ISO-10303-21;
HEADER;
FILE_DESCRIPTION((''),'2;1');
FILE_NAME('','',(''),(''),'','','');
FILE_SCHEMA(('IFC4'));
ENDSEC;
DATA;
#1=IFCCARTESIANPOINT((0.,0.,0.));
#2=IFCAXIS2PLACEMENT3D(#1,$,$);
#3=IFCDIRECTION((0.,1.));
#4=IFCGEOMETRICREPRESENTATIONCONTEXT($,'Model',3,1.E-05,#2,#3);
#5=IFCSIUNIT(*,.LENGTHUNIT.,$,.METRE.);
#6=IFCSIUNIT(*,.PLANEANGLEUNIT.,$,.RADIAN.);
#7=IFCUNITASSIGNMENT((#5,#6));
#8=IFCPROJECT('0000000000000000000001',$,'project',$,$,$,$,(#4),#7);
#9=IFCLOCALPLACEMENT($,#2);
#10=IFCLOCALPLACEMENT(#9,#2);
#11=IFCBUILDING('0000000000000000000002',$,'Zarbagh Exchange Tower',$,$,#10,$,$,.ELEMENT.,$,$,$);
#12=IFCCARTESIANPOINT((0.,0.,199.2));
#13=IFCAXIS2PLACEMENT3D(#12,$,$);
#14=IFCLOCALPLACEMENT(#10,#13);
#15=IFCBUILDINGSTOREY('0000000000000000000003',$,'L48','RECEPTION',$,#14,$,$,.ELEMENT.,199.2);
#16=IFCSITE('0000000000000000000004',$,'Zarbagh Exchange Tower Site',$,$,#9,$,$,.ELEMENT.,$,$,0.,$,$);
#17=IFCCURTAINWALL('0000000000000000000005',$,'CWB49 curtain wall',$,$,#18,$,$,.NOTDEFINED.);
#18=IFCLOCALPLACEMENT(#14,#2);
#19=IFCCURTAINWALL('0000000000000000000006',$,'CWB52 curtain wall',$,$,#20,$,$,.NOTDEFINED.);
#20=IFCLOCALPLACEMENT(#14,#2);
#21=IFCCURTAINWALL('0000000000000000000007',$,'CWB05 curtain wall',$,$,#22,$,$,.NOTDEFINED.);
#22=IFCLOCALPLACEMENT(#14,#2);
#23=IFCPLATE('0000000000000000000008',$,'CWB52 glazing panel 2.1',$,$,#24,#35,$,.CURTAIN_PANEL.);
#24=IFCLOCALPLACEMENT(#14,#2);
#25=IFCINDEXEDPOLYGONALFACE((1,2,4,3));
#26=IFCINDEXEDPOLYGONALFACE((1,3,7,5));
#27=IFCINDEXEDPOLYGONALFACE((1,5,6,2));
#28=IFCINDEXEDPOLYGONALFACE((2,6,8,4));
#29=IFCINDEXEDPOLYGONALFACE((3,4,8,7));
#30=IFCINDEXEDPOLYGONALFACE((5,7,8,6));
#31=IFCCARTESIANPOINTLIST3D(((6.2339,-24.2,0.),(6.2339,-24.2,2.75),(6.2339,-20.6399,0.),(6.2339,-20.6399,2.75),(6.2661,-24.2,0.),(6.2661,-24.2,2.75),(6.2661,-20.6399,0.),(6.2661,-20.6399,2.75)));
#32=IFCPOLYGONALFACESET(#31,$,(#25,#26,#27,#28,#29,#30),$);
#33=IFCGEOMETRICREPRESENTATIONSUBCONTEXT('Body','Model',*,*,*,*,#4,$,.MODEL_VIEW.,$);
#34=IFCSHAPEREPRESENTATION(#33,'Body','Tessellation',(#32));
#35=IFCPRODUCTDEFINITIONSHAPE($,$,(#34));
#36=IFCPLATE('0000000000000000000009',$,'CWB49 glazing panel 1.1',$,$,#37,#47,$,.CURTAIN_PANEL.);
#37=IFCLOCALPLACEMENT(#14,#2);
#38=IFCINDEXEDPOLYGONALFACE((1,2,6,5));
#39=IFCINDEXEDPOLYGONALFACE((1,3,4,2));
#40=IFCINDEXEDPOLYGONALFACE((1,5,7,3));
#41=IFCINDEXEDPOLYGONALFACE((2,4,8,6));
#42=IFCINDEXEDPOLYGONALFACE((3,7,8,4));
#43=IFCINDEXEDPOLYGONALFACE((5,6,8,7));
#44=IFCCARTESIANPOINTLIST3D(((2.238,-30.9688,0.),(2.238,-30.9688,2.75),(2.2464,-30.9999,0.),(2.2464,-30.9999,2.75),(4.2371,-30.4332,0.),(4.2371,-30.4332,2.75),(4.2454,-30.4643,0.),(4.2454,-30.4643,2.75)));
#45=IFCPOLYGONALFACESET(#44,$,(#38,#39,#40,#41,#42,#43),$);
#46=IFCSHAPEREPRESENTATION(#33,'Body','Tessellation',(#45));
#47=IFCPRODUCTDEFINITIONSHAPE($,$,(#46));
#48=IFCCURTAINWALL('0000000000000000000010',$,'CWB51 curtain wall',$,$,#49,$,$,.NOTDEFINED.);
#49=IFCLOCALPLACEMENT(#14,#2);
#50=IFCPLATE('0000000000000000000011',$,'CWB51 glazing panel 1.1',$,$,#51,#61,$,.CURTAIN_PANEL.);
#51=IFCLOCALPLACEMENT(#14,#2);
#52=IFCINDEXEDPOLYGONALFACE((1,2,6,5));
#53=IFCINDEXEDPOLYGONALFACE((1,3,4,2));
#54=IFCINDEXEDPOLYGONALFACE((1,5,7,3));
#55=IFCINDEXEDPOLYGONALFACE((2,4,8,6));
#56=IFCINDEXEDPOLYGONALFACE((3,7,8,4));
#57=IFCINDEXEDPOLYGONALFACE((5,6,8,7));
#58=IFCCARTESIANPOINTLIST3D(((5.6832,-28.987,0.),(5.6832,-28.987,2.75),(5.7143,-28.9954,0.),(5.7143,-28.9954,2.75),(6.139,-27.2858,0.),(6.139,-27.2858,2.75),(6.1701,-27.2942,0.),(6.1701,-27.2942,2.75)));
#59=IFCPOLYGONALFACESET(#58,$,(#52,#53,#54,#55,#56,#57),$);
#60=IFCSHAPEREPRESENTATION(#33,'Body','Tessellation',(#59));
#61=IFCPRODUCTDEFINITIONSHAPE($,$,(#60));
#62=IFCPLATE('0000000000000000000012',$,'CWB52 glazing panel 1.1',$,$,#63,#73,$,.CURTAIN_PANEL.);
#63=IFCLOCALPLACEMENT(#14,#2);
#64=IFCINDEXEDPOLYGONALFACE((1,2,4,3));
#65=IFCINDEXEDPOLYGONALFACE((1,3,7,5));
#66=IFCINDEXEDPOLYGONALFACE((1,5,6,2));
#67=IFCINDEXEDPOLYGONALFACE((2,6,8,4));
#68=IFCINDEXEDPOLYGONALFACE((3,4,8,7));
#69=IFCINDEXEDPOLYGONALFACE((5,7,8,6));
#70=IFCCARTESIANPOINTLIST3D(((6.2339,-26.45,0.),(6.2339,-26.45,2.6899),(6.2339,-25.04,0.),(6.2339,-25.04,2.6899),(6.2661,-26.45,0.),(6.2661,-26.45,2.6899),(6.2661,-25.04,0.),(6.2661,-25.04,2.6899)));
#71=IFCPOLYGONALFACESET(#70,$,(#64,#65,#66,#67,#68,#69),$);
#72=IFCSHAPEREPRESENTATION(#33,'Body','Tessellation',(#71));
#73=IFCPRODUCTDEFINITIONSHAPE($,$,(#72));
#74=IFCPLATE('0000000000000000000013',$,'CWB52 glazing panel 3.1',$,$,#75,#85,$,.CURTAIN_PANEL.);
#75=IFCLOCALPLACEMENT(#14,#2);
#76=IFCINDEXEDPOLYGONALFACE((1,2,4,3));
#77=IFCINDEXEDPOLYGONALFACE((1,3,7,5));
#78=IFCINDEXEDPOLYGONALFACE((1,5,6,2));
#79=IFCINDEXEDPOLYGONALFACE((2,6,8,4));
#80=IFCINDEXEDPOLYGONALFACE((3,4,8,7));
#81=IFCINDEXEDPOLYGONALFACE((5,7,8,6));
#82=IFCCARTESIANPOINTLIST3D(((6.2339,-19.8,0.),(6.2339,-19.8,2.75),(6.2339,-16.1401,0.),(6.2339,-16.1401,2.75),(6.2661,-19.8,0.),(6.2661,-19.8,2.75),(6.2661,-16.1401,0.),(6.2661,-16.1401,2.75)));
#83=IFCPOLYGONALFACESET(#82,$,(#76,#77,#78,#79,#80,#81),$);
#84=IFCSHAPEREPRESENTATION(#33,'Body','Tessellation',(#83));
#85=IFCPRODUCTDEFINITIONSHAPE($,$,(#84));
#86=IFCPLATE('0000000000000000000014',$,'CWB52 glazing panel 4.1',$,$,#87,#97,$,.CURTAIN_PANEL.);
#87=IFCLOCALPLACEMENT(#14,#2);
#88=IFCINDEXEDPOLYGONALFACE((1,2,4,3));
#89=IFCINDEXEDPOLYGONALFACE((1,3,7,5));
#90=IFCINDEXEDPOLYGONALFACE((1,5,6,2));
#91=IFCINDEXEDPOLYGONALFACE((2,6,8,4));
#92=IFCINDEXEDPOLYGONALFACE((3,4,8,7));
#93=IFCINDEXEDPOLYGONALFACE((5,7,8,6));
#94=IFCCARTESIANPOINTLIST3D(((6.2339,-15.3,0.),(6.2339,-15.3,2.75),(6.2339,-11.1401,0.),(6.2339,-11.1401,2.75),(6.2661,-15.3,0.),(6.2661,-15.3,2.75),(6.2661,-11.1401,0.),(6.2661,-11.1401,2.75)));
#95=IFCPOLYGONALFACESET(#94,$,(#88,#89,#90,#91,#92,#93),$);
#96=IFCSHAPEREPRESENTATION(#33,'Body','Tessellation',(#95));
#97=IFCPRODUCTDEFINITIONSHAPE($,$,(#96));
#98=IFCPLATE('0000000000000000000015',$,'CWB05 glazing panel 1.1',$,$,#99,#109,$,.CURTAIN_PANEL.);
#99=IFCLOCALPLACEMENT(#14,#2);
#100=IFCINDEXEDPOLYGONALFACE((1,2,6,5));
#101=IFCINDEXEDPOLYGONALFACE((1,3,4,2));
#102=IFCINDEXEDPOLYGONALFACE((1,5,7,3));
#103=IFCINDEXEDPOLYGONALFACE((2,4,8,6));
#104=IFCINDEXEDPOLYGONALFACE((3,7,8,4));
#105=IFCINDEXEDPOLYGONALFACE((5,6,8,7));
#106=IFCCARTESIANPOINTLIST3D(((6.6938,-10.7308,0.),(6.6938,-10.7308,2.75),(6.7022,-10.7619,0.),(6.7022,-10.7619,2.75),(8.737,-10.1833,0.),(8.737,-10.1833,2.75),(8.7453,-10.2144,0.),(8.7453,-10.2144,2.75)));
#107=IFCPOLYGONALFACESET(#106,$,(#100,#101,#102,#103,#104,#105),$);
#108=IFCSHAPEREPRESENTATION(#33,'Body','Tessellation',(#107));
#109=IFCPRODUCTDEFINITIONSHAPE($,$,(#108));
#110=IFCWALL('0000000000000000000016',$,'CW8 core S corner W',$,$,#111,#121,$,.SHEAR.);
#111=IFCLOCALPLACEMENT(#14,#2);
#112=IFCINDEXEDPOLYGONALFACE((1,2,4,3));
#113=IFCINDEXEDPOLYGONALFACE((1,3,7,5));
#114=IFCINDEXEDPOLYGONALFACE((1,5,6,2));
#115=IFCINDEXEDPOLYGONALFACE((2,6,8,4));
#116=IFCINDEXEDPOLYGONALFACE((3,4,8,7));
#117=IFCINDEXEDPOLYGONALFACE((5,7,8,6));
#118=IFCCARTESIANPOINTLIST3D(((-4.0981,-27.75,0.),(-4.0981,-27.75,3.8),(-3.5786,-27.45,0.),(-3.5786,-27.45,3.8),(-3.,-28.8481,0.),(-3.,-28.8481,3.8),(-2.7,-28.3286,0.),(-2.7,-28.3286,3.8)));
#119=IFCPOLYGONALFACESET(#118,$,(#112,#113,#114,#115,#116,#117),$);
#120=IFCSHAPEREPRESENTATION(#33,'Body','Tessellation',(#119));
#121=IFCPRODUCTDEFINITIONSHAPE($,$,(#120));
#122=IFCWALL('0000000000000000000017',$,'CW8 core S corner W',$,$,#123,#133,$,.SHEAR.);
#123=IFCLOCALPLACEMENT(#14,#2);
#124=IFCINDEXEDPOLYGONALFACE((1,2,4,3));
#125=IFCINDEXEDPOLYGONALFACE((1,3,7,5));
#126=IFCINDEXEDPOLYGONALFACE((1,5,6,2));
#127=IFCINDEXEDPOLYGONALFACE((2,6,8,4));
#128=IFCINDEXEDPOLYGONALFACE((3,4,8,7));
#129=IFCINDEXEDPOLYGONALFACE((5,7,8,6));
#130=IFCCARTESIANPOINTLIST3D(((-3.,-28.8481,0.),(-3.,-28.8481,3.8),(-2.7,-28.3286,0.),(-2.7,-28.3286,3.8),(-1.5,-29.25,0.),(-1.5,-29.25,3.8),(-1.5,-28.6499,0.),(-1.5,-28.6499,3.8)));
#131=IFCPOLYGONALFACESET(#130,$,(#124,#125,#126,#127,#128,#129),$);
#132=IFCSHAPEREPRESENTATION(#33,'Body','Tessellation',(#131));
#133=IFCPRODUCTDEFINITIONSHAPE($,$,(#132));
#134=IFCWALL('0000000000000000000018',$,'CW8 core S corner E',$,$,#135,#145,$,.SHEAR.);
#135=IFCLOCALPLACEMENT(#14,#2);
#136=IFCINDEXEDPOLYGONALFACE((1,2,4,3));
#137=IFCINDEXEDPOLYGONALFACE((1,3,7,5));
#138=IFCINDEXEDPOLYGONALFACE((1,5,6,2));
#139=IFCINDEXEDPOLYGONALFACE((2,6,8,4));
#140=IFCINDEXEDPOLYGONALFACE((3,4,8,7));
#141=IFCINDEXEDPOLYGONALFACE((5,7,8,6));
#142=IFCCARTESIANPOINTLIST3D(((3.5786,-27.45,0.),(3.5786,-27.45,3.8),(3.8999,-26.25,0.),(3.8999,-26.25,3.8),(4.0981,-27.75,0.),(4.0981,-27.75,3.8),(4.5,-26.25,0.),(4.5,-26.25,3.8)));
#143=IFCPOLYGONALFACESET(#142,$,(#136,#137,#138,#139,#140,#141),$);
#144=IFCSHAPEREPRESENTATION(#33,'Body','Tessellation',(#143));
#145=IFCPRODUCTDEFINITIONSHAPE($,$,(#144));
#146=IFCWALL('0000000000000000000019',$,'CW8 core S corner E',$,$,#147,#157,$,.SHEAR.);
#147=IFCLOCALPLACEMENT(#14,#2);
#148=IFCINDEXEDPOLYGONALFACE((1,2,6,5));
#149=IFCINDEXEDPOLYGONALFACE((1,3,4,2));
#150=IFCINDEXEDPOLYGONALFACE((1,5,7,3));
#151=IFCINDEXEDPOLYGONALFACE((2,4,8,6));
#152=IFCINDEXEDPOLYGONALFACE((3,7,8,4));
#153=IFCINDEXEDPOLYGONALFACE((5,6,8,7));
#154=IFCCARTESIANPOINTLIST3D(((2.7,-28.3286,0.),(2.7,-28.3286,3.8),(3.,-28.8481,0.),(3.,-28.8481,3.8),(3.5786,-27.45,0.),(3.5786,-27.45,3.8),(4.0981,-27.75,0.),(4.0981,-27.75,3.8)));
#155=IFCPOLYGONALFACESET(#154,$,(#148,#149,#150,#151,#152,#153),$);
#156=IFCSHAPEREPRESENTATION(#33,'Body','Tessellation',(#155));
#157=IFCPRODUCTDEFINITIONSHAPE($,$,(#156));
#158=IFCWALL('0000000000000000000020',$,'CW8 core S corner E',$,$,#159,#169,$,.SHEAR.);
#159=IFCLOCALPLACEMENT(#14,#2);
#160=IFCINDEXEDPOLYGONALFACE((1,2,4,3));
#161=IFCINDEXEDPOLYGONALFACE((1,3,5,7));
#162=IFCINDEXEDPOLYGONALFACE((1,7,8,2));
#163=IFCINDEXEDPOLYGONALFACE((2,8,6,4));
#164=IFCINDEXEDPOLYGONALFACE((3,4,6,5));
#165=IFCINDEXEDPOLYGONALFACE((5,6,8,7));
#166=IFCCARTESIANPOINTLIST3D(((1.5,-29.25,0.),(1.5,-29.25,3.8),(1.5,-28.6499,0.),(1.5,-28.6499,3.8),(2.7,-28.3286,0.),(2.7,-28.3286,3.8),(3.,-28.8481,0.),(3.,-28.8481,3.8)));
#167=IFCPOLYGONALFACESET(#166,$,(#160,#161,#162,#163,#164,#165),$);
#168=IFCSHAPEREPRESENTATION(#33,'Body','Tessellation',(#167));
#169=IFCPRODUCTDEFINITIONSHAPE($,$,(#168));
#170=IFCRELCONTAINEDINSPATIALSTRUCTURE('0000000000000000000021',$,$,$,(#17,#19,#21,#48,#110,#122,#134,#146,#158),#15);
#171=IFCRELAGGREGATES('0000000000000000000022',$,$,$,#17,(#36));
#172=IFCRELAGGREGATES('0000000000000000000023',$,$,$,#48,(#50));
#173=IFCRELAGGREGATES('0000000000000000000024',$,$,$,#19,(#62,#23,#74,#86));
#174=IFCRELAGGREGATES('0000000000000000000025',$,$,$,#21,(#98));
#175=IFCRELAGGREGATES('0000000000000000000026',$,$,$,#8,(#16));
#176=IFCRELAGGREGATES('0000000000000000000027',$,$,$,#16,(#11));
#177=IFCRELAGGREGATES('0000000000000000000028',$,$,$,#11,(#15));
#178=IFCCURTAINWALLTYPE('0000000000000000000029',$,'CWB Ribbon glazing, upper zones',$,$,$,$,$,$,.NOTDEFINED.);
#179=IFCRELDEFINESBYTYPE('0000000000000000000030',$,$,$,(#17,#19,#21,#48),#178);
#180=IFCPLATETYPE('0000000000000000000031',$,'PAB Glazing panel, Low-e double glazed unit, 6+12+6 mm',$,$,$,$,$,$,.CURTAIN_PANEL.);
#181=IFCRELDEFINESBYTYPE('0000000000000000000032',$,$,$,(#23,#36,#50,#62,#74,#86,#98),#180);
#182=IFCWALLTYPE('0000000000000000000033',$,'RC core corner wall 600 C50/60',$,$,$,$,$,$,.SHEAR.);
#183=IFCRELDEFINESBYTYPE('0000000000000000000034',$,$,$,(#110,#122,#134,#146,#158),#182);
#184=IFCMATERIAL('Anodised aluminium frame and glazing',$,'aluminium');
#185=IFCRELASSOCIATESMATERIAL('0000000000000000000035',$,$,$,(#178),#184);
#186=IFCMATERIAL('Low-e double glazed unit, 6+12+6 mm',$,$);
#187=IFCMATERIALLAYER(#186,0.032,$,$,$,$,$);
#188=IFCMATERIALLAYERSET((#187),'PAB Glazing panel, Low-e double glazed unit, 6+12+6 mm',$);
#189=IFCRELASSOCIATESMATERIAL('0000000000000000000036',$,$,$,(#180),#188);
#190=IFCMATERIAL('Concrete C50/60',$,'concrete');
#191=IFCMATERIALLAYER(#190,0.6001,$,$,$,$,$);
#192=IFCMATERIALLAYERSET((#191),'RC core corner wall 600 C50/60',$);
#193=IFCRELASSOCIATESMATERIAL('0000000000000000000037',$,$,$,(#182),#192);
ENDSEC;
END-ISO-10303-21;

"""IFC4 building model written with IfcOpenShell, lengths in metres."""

from ifc_helpers import new_model, si_unit, direction, frame, origin, place, context, subcontext, project, spatial, polyline, outline, extrude, source, transform, mapped, material, layer, layer_set, type_object, element, aggregate, save


model = new_model("IFC4")

# Units and contexts
model_context = context("Model", 3, precision=1e-05, world=origin(), true_north=direction((0.0, 1.0)))
body_context = subcontext(model_context, "Body", "Model", "MODEL_VIEW")
ifc_project = project(units=[si_unit("LENGTHUNIT", "METRE"), si_unit("PLANEANGLEUNIT", "RADIAN")], contexts=[model_context])

# Site, building, storey
site_placement = place(None, origin())
site = spatial("IfcSite", under=ifc_project, at=site_placement, Name="Zarbagh Exchange Tower Site", CompositionType="ELEMENT", RefElevation=0.0)
building_placement = place(site_placement, origin())
building = spatial("IfcBuilding", under=site, at=building_placement, Name="Zarbagh Exchange Tower", CompositionType="ELEMENT")
storey_placement = place(building_placement, frame((0.0, 0.0, 199.2)))
storey = spatial("IfcBuildingStorey", under=building, at=storey_placement, Name="L48", Description="RECEPTION", CompositionType="ELEMENT", Elevation=199.2)

# Curtain wall
ifc_material_1 = material(Name="Anodised aluminium frame and glazing", Category="aluminium")
curtain_wall_type = type_object("IfcCurtainWallType", Name="CWB Ribbon glazing, upper zones", PredefinedType="NOTDEFINED", material=ifc_material_1)
curtain_wall_1_placement = place(storey_placement, origin())
curtain_wall_1 = element("IfcCurtainWall", 1, at=curtain_wall_1_placement, inside=storey, type_object=curtain_wall_type, Name="CWB49 curtain wall", PredefinedType="NOTDEFINED")
placement = place(storey_placement, origin())

# Curtain wall
curtain_wall_2_placement = place(storey_placement, origin())
curtain_wall_2 = element("IfcCurtainWall", 2, at=curtain_wall_2_placement, inside=storey, type_object=curtain_wall_type, Name="CWB52 curtain wall", PredefinedType="NOTDEFINED")

# Curtain wall
curtain_wall_3_placement = place(storey_placement, origin())
curtain_wall_3 = element("IfcCurtainWall", 3, at=curtain_wall_3_placement, inside=storey, type_object=curtain_wall_type, Name="CWB05 curtain wall", PredefinedType="NOTDEFINED")

# Shared definitions
ifc_material_2 = material(Name="Low-e double glazed unit, 6+12+6 mm")
ifc_layer_1 = layer(ifc_material_2, 0.032)
ifc_layer_set_1 = layer_set([ifc_layer_1], Name="PAB Glazing panel, Low-e double glazed unit, 6+12+6 mm")
plate_type = type_object("IfcPlateType", Name="PAB Glazing panel, Low-e double glazed unit, 6+12+6 mm", PredefinedType="CURTAIN_PANEL", material=ifc_layer_set_1)

# Plates
shared_shape_1 = source(origin(), body_context, "Body", "SweptSolid", [
    extrude(outline(polyline([(0.0, -0.0161), (3.5601, -0.0161), (3.5601, 0.0161), (0.0, 0.0161), (0.0, -0.0161)])), origin(), (0.0, 0.0, 1.0), 2.75),
])
plate_1 = element("IfcPlate", 4, at=placement, type_object=plate_type, Name="CWB52 glazing panel 2.1", PredefinedType="CURTAIN_PANEL", context=body_context, shape_type="MappedRepresentation", body=[
    mapped(shared_shape_1, transform((6.25, -24.2, 0.0), x_axis=(0.0, 1.0, 0.0), y_axis=(-1.0, 0.0, 0.0), z_axis=(0.0, 0.0, 1.0))),
])
shared_shape_2 = source(origin(), body_context, "Body", "SweptSolid", [
    extrude(outline(polyline([(0.0, -0.0161), (2.0696, -0.0161), (2.0696, 0.0161), (0.0, 0.0161), (0.0, -0.0161)])), origin(), (0.0, 0.0, 1.0), 2.75),
])
plate_2 = element("IfcPlate", 5, at=placement, type_object=plate_type, Name="CWB49 glazing panel 1.1", PredefinedType="CURTAIN_PANEL", context=body_context, shape_type="MappedRepresentation", body=[
    mapped(shared_shape_2, transform((2.2422, -30.9844, 0.0), x_axis=(0.965924, 0.258825, 0.0), y_axis=(-0.258825, 0.965924, 0.0), z_axis=(0.0, 0.0, 1.0))),
])
aggregate(curtain_wall_1, [plate_2])

# Curtain wall, plate
curtain_wall_4_placement = place(storey_placement, origin())
curtain_wall_4 = element("IfcCurtainWall", 6, at=curtain_wall_4_placement, inside=storey, type_object=curtain_wall_type, Name="CWB51 curtain wall", PredefinedType="NOTDEFINED")
shared_shape_3 = source(origin(), body_context, "Body", "SweptSolid", [
    extrude(outline(polyline([(0.0, -0.0161), (1.7612, -0.0161), (1.7612, 0.0161), (0.0, 0.0161), (0.0, -0.0161)])), origin(), (0.0, 0.0, 1.0), 2.75),
])
plate_3 = element("IfcPlate", 7, at=placement, type_object=plate_type, Name="CWB51 glazing panel 1.1", PredefinedType="CURTAIN_PANEL", context=body_context, shape_type="MappedRepresentation", body=[
    mapped(shared_shape_3, transform((5.6987, -28.9912, 0.0), x_axis=(0.258825, 0.965924, 0.0), y_axis=(-0.965924, 0.258825, 0.0), z_axis=(0.0, 0.0, 1.0))),
])
aggregate(curtain_wall_4, [plate_3])

# Plates
shared_shape_4 = source(origin(), body_context, "Body", "SweptSolid", [
    extrude(outline(polyline([(0.0, -0.0161), (1.4099, -0.0161), (1.4099, 0.0161), (0.0, 0.0161), (0.0, -0.0161)])), origin(), (0.0, 0.0, 1.0), 2.6899),
])
plate_4 = element("IfcPlate", 8, at=placement, type_object=plate_type, Name="CWB52 glazing panel 1.1", PredefinedType="CURTAIN_PANEL", context=body_context, shape_type="MappedRepresentation", body=[
    mapped(shared_shape_4, transform((6.25, -26.45, 0.0), x_axis=(0.0, 1.0, 0.0), y_axis=(-1.0, 0.0, 0.0), z_axis=(0.0, 0.0, 1.0))),
])
shared_shape_5 = source(origin(), body_context, "Body", "SweptSolid", [
    extrude(outline(polyline([(0.0, -0.0161), (3.6599, -0.0161), (3.6599, 0.0161), (0.0, 0.0161), (0.0, -0.0161)])), origin(), (0.0, 0.0, 1.0), 2.75),
])
plate_5 = element("IfcPlate", 9, at=placement, type_object=plate_type, Name="CWB52 glazing panel 3.1", PredefinedType="CURTAIN_PANEL", context=body_context, shape_type="MappedRepresentation", body=[
    mapped(shared_shape_5, transform((6.25, -19.8, 0.0), x_axis=(0.0, 1.0, 0.0), y_axis=(-1.0, 0.0, 0.0), z_axis=(0.0, 0.0, 1.0))),
])
shared_shape_6 = source(origin(), body_context, "Body", "SweptSolid", [
    extrude(outline(polyline([(0.0, -0.0161), (4.1599, -0.0161), (4.1599, 0.0161), (0.0, 0.0161), (0.0, -0.0161)])), origin(), (0.0, 0.0, 1.0), 2.75),
])
plate_6 = element("IfcPlate", 10, at=placement, type_object=plate_type, Name="CWB52 glazing panel 4.1", PredefinedType="CURTAIN_PANEL", context=body_context, shape_type="MappedRepresentation", body=[
    mapped(shared_shape_6, transform((6.25, -15.3, 0.0), x_axis=(0.0, 1.0, 0.0), y_axis=(-1.0, 0.0, 0.0), z_axis=(0.0, 0.0, 1.0))),
])
aggregate(curtain_wall_2, [plate_4, plate_1, plate_5, plate_6])
shared_shape_7 = source(origin(), body_context, "Body", "SweptSolid", [
    extrude(outline(polyline([(0.0, -0.0161), (2.1152, -0.0161), (2.1152, 0.0161), (0.0, 0.0161), (0.0, -0.0161)])), origin(), (0.0, 0.0, 1.0), 2.75),
])
plate_7 = element("IfcPlate", 11, at=placement, type_object=plate_type, Name="CWB05 glazing panel 1.1", PredefinedType="CURTAIN_PANEL", context=body_context, shape_type="MappedRepresentation", body=[
    mapped(shared_shape_7, transform((6.698, -10.7463, 0.0), x_axis=(0.965924, 0.258825, 0.0), y_axis=(-0.258825, 0.965924, 0.0), z_axis=(0.0, 0.0, 1.0))),
])
aggregate(curtain_wall_3, [plate_7])

# Walls
ifc_material_3 = material(Name="Concrete C50/60", Category="concrete")
ifc_layer_2 = layer(ifc_material_3, 0.6001)
ifc_layer_set_2 = layer_set([ifc_layer_2], Name="RC core corner wall 600 C50/60")
wall_type = type_object("IfcWallType", Name="RC core corner wall 600 C50/60", PredefinedType="SHEAR", material=ifc_layer_set_2)
wall_1_placement = place(storey_placement, origin())
element("IfcWall", 12, at=wall_1_placement, inside=storey, type_object=wall_type, Name="CW8 core S corner W", PredefinedType="SHEAR", context=body_context, shape_type="SweptSolid", body=[
    extrude(outline(polyline([(-4.0981, -27.75), (-3.0, -28.8481), (-2.7, -28.3286), (-3.5786, -27.45), (-4.0981, -27.75)])), origin(), (0.0, 0.0, 1.0), 3.8),
])
wall_2_placement = place(storey_placement, origin())
element("IfcWall", 13, at=wall_2_placement, inside=storey, type_object=wall_type, Name="CW8 core S corner W", PredefinedType="SHEAR", context=body_context, shape_type="SweptSolid", body=[
    extrude(outline(polyline([(-3.0, -28.8481), (-1.5, -29.25), (-1.5, -28.6499), (-2.7, -28.3286), (-3.0, -28.8481)])), origin(), (0.0, 0.0, 1.0), 3.8),
])
wall_3_placement = place(storey_placement, origin())
element("IfcWall", 14, at=wall_3_placement, inside=storey, type_object=wall_type, Name="CW8 core S corner E", PredefinedType="SHEAR", context=body_context, shape_type="SweptSolid", body=[
    extrude(outline(polyline([(4.5, -26.25), (4.0981, -27.75), (3.5786, -27.45), (3.8999, -26.25), (4.5, -26.25)])), origin(), (0.0, 0.0, 1.0), 3.8),
])
wall_4_placement = place(storey_placement, origin())
element("IfcWall", 15, at=wall_4_placement, inside=storey, type_object=wall_type, Name="CW8 core S corner E", PredefinedType="SHEAR", context=body_context, shape_type="SweptSolid", body=[
    extrude(outline(polyline([(4.0981, -27.75), (3.0, -28.8481), (2.7, -28.3286), (3.5786, -27.45), (4.0981, -27.75)])), origin(), (0.0, 0.0, 1.0), 3.8),
])
wall_5_placement = place(storey_placement, origin())
element("IfcWall", 16, at=wall_5_placement, inside=storey, type_object=wall_type, Name="CW8 core S corner E", PredefinedType="SHEAR", context=body_context, shape_type="SweptSolid", body=[
    extrude(outline(polyline([(3.0, -28.8481), (1.5, -29.25), (1.5, -28.6499), (2.7, -28.3286), (3.0, -28.8481)])), origin(), (0.0, 0.0, 1.0), 3.8),
])

save(model, "model.ifc")
